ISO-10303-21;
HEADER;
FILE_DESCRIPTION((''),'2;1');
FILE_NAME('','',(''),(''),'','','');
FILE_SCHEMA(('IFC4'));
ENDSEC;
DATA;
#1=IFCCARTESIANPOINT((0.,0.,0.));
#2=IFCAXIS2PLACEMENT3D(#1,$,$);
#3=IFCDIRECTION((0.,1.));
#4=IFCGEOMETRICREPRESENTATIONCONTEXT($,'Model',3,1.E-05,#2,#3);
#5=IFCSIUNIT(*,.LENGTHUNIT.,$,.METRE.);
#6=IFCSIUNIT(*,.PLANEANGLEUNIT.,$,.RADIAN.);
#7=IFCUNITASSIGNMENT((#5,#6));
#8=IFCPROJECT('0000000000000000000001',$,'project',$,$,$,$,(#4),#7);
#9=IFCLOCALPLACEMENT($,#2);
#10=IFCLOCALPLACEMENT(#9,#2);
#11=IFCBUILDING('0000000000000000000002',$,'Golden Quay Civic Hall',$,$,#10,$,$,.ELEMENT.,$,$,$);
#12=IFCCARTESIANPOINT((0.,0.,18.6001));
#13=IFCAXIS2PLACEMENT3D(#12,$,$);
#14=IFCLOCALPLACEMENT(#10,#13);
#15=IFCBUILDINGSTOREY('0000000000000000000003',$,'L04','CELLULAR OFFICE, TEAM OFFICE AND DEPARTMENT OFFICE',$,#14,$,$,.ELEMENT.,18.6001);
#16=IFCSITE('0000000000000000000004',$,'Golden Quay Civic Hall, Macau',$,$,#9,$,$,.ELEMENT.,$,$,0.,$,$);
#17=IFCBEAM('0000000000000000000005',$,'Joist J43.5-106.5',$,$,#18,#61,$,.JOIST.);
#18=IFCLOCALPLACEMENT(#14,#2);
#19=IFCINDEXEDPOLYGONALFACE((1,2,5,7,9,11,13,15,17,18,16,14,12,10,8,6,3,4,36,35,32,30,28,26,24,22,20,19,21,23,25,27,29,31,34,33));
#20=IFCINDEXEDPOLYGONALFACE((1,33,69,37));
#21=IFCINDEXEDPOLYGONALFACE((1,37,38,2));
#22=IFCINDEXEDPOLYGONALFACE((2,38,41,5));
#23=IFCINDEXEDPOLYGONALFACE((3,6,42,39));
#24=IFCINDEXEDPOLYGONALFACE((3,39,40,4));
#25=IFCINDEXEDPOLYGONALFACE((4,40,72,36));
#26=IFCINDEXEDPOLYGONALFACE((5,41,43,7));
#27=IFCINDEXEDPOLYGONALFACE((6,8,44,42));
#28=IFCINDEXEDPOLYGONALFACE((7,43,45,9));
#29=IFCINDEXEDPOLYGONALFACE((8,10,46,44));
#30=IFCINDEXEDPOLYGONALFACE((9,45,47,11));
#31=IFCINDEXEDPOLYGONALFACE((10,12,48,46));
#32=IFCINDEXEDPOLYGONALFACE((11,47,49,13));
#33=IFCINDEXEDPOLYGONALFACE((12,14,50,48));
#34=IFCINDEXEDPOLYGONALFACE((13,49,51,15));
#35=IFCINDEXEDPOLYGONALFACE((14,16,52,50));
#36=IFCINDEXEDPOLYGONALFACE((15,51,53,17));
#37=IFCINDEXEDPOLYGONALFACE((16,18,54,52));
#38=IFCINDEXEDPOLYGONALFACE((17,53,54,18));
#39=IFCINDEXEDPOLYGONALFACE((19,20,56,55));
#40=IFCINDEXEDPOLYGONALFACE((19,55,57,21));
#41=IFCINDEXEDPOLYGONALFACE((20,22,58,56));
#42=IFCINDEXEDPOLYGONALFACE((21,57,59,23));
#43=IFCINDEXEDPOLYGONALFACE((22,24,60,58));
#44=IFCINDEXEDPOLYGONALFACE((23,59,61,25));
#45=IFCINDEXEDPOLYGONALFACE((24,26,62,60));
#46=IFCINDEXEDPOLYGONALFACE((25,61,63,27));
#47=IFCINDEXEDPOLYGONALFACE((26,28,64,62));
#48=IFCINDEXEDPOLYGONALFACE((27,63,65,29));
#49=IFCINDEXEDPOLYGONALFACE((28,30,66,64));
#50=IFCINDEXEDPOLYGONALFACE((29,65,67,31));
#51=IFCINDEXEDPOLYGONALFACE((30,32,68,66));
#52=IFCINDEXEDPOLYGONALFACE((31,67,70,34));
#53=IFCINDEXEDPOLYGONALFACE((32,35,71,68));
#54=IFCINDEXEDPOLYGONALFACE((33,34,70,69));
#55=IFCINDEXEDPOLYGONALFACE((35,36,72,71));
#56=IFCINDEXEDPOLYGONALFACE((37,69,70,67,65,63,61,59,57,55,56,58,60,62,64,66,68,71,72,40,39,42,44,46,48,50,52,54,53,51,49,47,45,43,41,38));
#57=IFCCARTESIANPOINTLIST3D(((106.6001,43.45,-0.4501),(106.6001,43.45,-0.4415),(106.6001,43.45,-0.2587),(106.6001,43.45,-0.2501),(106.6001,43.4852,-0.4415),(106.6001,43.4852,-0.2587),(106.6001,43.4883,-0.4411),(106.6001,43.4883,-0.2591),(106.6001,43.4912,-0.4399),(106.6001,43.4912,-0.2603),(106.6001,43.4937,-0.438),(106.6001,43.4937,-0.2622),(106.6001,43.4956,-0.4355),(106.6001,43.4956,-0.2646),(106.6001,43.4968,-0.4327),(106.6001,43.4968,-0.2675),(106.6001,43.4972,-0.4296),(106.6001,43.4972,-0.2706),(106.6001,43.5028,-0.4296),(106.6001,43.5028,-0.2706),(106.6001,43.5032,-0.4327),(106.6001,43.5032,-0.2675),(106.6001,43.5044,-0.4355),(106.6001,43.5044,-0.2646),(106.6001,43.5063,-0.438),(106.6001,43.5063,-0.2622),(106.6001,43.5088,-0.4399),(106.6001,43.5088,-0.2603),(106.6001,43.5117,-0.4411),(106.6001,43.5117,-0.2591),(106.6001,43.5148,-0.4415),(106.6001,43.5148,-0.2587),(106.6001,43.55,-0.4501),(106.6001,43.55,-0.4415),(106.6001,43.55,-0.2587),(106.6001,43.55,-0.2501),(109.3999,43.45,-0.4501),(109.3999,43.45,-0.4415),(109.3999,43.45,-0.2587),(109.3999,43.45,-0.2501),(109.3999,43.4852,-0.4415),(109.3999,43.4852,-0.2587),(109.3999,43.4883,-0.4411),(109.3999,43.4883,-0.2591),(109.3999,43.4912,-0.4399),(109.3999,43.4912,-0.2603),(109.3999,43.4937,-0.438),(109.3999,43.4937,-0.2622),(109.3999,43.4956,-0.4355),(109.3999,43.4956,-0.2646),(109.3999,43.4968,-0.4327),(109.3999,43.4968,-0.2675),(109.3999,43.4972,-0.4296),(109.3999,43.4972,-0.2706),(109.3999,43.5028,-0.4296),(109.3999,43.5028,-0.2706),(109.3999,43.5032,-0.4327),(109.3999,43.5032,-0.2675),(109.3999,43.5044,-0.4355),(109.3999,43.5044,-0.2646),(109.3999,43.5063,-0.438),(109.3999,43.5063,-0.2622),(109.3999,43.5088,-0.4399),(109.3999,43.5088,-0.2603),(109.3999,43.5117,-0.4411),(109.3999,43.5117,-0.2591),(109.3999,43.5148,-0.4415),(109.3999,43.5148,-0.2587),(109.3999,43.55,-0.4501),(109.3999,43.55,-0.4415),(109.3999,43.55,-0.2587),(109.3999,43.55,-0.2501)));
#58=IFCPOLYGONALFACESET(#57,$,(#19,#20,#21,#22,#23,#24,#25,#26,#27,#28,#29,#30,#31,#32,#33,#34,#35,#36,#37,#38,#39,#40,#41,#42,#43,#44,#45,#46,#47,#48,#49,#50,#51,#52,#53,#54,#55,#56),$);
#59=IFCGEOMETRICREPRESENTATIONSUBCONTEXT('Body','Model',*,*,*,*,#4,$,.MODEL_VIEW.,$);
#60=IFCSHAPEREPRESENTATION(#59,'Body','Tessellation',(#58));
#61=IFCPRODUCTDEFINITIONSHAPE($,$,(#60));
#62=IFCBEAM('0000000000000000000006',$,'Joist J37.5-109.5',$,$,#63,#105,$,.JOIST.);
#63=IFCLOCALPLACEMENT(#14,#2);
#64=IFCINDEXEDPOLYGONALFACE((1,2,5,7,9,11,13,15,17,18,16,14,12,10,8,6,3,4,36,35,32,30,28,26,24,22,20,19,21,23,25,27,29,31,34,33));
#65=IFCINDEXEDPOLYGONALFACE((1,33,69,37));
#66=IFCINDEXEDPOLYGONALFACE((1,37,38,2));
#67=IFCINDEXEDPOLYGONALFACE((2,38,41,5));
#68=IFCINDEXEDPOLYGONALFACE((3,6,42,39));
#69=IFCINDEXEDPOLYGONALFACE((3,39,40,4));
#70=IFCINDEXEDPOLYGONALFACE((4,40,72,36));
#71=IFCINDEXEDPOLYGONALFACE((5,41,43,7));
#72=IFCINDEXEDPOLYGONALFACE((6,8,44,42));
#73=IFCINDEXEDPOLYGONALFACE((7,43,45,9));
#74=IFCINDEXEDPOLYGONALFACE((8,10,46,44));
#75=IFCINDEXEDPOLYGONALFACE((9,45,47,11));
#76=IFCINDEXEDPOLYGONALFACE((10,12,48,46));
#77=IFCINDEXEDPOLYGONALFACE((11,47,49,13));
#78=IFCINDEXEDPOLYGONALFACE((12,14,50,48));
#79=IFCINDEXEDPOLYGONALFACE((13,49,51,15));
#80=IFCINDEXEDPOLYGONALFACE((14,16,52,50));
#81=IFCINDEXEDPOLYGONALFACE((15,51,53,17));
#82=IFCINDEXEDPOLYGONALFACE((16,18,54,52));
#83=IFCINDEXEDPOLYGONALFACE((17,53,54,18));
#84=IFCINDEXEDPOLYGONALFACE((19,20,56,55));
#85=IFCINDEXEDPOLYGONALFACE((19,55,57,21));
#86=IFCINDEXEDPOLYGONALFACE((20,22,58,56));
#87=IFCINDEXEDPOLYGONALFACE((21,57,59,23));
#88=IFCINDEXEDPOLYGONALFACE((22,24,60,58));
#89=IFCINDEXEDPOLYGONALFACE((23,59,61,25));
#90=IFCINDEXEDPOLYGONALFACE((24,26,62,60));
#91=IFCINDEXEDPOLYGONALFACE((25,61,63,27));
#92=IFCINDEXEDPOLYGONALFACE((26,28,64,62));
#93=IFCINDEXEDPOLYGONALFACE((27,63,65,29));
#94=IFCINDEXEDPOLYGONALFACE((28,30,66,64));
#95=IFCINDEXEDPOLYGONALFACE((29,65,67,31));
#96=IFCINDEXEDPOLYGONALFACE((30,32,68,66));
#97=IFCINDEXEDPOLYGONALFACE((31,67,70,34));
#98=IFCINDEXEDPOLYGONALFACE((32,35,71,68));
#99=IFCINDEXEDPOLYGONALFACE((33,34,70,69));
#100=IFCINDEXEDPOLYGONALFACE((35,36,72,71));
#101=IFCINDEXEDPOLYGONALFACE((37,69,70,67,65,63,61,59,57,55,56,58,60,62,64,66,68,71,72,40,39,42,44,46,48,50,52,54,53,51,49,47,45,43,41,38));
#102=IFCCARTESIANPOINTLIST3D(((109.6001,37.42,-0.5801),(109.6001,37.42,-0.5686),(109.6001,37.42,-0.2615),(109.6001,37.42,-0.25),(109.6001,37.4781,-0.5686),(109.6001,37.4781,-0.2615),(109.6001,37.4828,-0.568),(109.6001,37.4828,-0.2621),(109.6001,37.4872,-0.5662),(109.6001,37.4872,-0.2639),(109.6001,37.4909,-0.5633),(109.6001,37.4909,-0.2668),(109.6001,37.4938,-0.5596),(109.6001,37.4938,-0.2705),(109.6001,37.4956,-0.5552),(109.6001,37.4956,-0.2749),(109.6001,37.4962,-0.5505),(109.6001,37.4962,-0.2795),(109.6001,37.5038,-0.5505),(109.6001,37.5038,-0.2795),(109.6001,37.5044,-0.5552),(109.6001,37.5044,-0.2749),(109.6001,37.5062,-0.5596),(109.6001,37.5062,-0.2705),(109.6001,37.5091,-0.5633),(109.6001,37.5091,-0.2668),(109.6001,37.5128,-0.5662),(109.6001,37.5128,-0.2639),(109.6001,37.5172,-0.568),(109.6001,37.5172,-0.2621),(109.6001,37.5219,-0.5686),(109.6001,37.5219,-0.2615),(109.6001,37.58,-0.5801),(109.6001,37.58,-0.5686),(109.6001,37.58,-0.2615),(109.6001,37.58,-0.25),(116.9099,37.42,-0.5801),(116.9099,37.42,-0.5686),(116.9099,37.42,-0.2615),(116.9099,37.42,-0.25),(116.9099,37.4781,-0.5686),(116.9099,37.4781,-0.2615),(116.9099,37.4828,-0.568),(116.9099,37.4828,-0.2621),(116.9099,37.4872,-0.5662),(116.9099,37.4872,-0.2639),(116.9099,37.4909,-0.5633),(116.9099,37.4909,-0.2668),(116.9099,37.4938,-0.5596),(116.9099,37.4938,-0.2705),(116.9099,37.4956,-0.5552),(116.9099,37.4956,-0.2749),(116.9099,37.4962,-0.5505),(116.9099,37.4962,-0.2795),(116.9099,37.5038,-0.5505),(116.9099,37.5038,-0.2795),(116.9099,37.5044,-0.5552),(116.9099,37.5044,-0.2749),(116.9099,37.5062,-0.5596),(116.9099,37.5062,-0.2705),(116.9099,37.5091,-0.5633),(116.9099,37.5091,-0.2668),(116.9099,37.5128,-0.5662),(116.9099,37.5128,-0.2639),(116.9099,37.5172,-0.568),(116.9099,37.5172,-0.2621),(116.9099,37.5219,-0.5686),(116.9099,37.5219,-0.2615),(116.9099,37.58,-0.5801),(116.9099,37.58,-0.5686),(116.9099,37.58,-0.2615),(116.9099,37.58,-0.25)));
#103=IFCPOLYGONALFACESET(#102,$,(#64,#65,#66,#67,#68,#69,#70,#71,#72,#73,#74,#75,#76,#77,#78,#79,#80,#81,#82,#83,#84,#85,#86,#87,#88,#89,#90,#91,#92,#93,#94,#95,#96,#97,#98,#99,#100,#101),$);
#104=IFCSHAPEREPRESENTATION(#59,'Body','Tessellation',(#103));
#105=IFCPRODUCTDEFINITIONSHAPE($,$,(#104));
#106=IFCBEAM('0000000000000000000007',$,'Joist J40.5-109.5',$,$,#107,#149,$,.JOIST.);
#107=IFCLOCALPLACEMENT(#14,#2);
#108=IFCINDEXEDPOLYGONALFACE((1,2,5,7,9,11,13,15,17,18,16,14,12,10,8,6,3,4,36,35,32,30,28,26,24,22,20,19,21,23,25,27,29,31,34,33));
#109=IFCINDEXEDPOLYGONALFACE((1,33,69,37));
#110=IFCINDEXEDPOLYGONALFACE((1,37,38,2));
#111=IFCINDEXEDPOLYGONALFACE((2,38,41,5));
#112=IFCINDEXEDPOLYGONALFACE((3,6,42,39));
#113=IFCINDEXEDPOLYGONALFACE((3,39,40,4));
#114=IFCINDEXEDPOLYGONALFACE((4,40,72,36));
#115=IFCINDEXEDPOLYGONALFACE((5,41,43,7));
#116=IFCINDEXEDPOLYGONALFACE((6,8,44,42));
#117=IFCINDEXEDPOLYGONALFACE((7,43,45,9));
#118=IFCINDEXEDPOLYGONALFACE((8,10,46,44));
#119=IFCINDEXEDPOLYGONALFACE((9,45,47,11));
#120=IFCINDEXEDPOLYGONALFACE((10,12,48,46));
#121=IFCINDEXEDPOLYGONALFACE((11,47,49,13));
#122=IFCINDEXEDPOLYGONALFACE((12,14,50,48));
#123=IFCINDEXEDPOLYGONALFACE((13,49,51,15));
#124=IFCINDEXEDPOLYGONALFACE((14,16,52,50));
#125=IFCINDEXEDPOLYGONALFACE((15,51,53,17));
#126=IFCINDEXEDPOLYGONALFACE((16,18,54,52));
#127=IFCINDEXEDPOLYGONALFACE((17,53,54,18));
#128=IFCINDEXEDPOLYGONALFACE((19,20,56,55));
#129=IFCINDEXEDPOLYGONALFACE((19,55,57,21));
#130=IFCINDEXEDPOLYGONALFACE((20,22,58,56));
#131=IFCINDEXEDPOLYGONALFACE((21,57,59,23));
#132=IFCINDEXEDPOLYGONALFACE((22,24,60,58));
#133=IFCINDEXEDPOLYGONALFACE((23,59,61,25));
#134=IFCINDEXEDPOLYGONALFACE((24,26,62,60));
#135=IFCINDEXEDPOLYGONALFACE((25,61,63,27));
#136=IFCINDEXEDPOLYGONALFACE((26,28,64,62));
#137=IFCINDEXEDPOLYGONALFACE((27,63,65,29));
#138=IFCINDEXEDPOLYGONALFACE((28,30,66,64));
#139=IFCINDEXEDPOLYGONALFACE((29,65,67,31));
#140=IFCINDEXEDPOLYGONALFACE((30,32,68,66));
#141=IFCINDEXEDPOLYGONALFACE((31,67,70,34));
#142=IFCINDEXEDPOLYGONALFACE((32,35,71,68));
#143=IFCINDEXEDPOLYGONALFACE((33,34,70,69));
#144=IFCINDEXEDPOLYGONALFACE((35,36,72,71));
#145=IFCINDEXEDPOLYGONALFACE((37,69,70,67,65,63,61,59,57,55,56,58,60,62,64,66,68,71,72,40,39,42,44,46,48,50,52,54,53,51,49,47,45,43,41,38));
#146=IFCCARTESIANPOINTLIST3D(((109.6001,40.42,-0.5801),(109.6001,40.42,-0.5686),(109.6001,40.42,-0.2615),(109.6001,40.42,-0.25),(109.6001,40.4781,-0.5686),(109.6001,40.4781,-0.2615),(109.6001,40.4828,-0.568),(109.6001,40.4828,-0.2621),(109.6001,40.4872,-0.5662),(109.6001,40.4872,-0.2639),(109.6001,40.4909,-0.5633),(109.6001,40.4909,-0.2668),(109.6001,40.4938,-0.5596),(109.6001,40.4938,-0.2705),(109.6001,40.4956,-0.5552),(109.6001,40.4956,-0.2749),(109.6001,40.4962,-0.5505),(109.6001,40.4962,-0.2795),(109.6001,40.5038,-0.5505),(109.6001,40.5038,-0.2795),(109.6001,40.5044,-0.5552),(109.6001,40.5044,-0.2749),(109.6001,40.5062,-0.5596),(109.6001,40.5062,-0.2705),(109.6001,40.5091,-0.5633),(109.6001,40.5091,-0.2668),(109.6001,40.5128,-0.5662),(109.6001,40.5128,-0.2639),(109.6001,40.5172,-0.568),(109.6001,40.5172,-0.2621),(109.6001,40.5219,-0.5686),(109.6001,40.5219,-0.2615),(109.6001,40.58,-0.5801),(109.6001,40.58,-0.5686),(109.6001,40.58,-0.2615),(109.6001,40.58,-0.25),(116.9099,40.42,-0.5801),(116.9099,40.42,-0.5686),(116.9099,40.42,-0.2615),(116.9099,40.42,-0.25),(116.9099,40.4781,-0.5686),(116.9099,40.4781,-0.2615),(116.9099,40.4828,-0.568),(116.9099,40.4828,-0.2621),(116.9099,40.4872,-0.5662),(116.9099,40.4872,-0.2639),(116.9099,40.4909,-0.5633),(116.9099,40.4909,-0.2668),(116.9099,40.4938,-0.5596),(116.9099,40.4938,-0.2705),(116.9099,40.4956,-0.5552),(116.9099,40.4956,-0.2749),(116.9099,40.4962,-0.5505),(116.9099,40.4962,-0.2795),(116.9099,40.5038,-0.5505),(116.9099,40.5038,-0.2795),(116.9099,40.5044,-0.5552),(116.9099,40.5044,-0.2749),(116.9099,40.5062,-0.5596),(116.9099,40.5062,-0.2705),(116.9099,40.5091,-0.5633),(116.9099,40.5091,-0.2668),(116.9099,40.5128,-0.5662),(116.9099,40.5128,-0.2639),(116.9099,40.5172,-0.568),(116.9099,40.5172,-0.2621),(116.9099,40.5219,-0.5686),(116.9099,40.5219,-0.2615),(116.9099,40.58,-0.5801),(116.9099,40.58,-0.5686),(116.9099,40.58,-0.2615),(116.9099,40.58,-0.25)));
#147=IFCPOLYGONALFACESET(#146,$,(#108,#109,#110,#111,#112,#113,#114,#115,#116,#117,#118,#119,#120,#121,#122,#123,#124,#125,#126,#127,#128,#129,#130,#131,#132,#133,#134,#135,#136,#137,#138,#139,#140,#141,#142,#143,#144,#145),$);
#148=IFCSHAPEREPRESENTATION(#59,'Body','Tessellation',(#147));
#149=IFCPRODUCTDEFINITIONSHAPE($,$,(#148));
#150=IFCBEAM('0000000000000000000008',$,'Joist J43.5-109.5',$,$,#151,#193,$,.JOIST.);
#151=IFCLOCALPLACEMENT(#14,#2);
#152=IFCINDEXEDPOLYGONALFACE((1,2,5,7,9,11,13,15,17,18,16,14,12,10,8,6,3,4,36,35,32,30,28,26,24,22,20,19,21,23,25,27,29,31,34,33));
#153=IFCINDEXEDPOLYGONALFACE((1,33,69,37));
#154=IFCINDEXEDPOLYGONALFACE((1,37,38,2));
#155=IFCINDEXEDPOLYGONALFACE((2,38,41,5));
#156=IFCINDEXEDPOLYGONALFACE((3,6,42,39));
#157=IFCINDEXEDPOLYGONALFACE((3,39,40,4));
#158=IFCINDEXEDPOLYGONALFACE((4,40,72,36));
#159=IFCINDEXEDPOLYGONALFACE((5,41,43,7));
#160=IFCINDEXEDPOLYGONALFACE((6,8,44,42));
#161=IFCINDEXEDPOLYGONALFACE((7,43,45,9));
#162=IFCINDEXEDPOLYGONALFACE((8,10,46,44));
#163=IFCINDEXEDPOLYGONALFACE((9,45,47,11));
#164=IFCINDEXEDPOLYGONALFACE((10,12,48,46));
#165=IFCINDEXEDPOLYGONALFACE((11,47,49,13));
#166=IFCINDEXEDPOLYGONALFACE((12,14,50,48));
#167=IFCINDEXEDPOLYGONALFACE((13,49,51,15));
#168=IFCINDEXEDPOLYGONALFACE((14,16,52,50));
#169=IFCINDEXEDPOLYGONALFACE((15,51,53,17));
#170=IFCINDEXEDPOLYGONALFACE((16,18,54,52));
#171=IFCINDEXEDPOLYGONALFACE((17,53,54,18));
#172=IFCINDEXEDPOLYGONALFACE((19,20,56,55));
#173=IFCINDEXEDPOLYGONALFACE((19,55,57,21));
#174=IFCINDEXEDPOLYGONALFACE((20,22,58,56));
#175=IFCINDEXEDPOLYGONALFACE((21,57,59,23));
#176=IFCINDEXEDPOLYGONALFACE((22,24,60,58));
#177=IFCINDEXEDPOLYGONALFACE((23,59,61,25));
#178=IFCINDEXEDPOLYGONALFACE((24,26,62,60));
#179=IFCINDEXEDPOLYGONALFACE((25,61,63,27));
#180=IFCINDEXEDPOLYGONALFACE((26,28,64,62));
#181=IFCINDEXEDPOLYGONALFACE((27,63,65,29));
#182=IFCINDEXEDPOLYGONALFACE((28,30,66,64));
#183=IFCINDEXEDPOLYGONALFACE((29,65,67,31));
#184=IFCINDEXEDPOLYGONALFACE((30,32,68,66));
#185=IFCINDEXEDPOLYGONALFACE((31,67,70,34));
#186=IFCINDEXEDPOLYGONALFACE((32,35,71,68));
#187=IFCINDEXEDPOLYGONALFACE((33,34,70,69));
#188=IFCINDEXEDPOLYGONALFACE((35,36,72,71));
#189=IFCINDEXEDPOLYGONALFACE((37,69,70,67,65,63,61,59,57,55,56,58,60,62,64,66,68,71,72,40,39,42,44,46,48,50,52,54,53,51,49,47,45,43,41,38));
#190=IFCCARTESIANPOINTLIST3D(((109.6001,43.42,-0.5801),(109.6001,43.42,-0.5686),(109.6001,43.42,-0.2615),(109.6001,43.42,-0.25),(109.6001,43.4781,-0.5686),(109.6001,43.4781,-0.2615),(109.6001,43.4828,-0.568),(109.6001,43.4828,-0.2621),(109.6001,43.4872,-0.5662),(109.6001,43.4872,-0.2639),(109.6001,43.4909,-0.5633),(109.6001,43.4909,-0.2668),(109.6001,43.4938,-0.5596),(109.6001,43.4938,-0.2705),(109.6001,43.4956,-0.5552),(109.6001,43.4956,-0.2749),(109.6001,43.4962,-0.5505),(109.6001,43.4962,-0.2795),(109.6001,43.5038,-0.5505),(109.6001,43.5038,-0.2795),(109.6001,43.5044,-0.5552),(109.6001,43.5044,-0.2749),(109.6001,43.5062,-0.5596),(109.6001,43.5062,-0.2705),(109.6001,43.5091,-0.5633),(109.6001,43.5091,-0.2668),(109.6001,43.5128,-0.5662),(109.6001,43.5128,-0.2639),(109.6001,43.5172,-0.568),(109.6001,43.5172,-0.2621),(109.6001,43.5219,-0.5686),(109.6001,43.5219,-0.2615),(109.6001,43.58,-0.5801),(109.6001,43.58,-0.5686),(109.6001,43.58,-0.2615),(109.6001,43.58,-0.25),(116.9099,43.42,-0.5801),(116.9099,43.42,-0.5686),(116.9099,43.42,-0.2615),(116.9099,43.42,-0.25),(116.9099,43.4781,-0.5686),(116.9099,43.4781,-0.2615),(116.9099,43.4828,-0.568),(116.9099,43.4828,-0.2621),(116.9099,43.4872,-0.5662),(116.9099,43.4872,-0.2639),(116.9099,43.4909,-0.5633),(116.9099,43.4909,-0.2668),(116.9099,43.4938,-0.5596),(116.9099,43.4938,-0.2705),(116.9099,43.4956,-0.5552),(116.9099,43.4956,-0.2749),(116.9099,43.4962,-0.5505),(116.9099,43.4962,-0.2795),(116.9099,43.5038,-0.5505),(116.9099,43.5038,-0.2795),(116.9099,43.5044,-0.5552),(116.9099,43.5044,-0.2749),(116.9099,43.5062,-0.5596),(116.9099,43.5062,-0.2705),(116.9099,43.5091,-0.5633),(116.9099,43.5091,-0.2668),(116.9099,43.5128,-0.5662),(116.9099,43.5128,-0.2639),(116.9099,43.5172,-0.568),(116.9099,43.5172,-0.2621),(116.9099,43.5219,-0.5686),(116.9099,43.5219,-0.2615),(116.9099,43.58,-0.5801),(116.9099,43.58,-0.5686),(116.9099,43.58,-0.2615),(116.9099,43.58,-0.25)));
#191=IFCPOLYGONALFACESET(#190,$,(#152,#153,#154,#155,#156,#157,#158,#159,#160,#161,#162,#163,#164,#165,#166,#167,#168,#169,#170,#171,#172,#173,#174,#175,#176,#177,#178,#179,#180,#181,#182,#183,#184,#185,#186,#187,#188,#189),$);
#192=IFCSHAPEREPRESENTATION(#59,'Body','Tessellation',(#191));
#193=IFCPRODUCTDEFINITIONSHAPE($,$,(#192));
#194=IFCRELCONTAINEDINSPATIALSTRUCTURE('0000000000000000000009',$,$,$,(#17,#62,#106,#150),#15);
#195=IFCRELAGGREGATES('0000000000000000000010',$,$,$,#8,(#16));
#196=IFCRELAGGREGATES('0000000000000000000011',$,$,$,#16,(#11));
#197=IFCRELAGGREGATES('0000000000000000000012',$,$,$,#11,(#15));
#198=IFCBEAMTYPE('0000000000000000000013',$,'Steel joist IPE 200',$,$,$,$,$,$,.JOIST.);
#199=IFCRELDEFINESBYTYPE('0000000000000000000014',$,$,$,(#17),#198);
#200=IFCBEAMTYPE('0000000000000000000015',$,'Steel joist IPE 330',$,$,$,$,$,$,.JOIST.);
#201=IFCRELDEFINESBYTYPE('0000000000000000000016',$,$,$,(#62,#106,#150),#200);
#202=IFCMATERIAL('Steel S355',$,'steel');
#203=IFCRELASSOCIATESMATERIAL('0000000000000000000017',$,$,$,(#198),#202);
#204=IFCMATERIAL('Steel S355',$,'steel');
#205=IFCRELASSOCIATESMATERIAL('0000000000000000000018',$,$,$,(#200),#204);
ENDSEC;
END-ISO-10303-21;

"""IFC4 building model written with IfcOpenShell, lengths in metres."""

from ifc_helpers import new_model, si_unit, direction, frame, origin, origin_2d, place, context, subcontext, project, spatial, i_section, extrude, material, material_profile, profile_set, type_object, element, save


model = new_model("IFC4")

# Units and contexts
model_context = context("Model", 3, precision=1e-05, world=origin(), true_north=direction((0.0, 1.0)))
body_context = subcontext(model_context, "Body", "Model", "MODEL_VIEW")
ifc_project = project(units=[si_unit("LENGTHUNIT", "METRE"), si_unit("PLANEANGLEUNIT", "RADIAN")], contexts=[model_context])

# Site, building, storey
site_placement = place(None, origin())
site = spatial("IfcSite", under=ifc_project, at=site_placement, Name="Golden Quay Civic Hall, Macau", CompositionType="ELEMENT", RefElevation=0.0)
building_placement = place(site_placement, origin())
building = spatial("IfcBuilding", under=site, at=building_placement, Name="Golden Quay Civic Hall", CompositionType="ELEMENT")
storey_placement = place(building_placement, frame((0.0, 0.0, 18.6001)))
storey = spatial("IfcBuildingStorey", under=building, at=storey_placement, Name="L04", Description="CELLULAR OFFICE, TEAM OFFICE AND DEPARTMENT OFFICE", CompositionType="ELEMENT", Elevation=18.6001)

# Beams
ifc_material_1 = material(Name="Steel S355", Category="steel")
ifc_material_profile_1 = material_profile(ifc_material_1, i_section(OverallWidth=0.1001, OverallDepth=0.2, WebThickness=0.0056, FlangeThickness=0.0085, FilletRadius=0.012, at=origin_2d()), Name="IPE 200")
ifc_profile_set_1 = profile_set([ifc_material_profile_1], Name="Steel S355")
beam_type_1 = type_object("IfcBeamType", Name="Steel joist IPE 200", PredefinedType="JOIST", material=ifc_profile_set_1)
beam_1_placement = place(storey_placement, frame((106.6001, 43.5, -0.3501), z_axis=(1.0, 0.0, 0.0), x_axis=(0.0, 1.0, 0.0)))
element("IfcBeam", 1, at=beam_1_placement, inside=storey, type_object=beam_type_1, Name="Joist J43.5-106.5", PredefinedType="JOIST", context=body_context, shape_type="SweptSolid", body=[
    extrude(i_section(OverallWidth=0.1001, OverallDepth=0.2, WebThickness=0.0056, FlangeThickness=0.0085, FilletRadius=0.012, at=origin_2d()), origin(), (0.0, 0.0, 1.0), 2.7998),
])
ifc_material_2 = material(Name="Steel S355", Category="steel")
ifc_material_profile_2 = material_profile(ifc_material_2, i_section(OverallWidth=0.1599, OverallDepth=0.3301, WebThickness=0.0076, FlangeThickness=0.0115, FilletRadius=0.0181, at=origin_2d()), Name="IPE 330")
ifc_profile_set_2 = profile_set([ifc_material_profile_2], Name="Steel S355")
beam_type_2 = type_object("IfcBeamType", Name="Steel joist IPE 330", PredefinedType="JOIST", material=ifc_profile_set_2)
for number, where, z_axis, x_axis, name in (
    (2, (109.6001, 37.5, -0.415), (1.0, 0.0, 0.0), (0.0, 1.0, 0.0), "Joist J37.5-109.5"),
    (3, (109.6001, 40.5, -0.415), (1.0, 0.0, 0.0), (0.0, 1.0, 0.0), "Joist J40.5-109.5"),
    (4, (109.6001, 43.5, -0.415), (1.0, 0.0, 0.0), (0.0, 1.0, 0.0), "Joist J43.5-109.5"),
):
    element("IfcBeam", number, at=place(storey_placement, frame(where, z_axis=z_axis, x_axis=x_axis)), inside=storey, type_object=beam_type_2, Name=name, PredefinedType="JOIST", context=body_context, shape_type="SweptSolid", body=[
        extrude(i_section(OverallWidth=0.1599, OverallDepth=0.3301, WebThickness=0.0076, FlangeThickness=0.0115, FilletRadius=0.0181, at=origin_2d()), origin(), (0.0, 0.0, 1.0), 7.3098),
    ])

save(model, "model.ifc")
